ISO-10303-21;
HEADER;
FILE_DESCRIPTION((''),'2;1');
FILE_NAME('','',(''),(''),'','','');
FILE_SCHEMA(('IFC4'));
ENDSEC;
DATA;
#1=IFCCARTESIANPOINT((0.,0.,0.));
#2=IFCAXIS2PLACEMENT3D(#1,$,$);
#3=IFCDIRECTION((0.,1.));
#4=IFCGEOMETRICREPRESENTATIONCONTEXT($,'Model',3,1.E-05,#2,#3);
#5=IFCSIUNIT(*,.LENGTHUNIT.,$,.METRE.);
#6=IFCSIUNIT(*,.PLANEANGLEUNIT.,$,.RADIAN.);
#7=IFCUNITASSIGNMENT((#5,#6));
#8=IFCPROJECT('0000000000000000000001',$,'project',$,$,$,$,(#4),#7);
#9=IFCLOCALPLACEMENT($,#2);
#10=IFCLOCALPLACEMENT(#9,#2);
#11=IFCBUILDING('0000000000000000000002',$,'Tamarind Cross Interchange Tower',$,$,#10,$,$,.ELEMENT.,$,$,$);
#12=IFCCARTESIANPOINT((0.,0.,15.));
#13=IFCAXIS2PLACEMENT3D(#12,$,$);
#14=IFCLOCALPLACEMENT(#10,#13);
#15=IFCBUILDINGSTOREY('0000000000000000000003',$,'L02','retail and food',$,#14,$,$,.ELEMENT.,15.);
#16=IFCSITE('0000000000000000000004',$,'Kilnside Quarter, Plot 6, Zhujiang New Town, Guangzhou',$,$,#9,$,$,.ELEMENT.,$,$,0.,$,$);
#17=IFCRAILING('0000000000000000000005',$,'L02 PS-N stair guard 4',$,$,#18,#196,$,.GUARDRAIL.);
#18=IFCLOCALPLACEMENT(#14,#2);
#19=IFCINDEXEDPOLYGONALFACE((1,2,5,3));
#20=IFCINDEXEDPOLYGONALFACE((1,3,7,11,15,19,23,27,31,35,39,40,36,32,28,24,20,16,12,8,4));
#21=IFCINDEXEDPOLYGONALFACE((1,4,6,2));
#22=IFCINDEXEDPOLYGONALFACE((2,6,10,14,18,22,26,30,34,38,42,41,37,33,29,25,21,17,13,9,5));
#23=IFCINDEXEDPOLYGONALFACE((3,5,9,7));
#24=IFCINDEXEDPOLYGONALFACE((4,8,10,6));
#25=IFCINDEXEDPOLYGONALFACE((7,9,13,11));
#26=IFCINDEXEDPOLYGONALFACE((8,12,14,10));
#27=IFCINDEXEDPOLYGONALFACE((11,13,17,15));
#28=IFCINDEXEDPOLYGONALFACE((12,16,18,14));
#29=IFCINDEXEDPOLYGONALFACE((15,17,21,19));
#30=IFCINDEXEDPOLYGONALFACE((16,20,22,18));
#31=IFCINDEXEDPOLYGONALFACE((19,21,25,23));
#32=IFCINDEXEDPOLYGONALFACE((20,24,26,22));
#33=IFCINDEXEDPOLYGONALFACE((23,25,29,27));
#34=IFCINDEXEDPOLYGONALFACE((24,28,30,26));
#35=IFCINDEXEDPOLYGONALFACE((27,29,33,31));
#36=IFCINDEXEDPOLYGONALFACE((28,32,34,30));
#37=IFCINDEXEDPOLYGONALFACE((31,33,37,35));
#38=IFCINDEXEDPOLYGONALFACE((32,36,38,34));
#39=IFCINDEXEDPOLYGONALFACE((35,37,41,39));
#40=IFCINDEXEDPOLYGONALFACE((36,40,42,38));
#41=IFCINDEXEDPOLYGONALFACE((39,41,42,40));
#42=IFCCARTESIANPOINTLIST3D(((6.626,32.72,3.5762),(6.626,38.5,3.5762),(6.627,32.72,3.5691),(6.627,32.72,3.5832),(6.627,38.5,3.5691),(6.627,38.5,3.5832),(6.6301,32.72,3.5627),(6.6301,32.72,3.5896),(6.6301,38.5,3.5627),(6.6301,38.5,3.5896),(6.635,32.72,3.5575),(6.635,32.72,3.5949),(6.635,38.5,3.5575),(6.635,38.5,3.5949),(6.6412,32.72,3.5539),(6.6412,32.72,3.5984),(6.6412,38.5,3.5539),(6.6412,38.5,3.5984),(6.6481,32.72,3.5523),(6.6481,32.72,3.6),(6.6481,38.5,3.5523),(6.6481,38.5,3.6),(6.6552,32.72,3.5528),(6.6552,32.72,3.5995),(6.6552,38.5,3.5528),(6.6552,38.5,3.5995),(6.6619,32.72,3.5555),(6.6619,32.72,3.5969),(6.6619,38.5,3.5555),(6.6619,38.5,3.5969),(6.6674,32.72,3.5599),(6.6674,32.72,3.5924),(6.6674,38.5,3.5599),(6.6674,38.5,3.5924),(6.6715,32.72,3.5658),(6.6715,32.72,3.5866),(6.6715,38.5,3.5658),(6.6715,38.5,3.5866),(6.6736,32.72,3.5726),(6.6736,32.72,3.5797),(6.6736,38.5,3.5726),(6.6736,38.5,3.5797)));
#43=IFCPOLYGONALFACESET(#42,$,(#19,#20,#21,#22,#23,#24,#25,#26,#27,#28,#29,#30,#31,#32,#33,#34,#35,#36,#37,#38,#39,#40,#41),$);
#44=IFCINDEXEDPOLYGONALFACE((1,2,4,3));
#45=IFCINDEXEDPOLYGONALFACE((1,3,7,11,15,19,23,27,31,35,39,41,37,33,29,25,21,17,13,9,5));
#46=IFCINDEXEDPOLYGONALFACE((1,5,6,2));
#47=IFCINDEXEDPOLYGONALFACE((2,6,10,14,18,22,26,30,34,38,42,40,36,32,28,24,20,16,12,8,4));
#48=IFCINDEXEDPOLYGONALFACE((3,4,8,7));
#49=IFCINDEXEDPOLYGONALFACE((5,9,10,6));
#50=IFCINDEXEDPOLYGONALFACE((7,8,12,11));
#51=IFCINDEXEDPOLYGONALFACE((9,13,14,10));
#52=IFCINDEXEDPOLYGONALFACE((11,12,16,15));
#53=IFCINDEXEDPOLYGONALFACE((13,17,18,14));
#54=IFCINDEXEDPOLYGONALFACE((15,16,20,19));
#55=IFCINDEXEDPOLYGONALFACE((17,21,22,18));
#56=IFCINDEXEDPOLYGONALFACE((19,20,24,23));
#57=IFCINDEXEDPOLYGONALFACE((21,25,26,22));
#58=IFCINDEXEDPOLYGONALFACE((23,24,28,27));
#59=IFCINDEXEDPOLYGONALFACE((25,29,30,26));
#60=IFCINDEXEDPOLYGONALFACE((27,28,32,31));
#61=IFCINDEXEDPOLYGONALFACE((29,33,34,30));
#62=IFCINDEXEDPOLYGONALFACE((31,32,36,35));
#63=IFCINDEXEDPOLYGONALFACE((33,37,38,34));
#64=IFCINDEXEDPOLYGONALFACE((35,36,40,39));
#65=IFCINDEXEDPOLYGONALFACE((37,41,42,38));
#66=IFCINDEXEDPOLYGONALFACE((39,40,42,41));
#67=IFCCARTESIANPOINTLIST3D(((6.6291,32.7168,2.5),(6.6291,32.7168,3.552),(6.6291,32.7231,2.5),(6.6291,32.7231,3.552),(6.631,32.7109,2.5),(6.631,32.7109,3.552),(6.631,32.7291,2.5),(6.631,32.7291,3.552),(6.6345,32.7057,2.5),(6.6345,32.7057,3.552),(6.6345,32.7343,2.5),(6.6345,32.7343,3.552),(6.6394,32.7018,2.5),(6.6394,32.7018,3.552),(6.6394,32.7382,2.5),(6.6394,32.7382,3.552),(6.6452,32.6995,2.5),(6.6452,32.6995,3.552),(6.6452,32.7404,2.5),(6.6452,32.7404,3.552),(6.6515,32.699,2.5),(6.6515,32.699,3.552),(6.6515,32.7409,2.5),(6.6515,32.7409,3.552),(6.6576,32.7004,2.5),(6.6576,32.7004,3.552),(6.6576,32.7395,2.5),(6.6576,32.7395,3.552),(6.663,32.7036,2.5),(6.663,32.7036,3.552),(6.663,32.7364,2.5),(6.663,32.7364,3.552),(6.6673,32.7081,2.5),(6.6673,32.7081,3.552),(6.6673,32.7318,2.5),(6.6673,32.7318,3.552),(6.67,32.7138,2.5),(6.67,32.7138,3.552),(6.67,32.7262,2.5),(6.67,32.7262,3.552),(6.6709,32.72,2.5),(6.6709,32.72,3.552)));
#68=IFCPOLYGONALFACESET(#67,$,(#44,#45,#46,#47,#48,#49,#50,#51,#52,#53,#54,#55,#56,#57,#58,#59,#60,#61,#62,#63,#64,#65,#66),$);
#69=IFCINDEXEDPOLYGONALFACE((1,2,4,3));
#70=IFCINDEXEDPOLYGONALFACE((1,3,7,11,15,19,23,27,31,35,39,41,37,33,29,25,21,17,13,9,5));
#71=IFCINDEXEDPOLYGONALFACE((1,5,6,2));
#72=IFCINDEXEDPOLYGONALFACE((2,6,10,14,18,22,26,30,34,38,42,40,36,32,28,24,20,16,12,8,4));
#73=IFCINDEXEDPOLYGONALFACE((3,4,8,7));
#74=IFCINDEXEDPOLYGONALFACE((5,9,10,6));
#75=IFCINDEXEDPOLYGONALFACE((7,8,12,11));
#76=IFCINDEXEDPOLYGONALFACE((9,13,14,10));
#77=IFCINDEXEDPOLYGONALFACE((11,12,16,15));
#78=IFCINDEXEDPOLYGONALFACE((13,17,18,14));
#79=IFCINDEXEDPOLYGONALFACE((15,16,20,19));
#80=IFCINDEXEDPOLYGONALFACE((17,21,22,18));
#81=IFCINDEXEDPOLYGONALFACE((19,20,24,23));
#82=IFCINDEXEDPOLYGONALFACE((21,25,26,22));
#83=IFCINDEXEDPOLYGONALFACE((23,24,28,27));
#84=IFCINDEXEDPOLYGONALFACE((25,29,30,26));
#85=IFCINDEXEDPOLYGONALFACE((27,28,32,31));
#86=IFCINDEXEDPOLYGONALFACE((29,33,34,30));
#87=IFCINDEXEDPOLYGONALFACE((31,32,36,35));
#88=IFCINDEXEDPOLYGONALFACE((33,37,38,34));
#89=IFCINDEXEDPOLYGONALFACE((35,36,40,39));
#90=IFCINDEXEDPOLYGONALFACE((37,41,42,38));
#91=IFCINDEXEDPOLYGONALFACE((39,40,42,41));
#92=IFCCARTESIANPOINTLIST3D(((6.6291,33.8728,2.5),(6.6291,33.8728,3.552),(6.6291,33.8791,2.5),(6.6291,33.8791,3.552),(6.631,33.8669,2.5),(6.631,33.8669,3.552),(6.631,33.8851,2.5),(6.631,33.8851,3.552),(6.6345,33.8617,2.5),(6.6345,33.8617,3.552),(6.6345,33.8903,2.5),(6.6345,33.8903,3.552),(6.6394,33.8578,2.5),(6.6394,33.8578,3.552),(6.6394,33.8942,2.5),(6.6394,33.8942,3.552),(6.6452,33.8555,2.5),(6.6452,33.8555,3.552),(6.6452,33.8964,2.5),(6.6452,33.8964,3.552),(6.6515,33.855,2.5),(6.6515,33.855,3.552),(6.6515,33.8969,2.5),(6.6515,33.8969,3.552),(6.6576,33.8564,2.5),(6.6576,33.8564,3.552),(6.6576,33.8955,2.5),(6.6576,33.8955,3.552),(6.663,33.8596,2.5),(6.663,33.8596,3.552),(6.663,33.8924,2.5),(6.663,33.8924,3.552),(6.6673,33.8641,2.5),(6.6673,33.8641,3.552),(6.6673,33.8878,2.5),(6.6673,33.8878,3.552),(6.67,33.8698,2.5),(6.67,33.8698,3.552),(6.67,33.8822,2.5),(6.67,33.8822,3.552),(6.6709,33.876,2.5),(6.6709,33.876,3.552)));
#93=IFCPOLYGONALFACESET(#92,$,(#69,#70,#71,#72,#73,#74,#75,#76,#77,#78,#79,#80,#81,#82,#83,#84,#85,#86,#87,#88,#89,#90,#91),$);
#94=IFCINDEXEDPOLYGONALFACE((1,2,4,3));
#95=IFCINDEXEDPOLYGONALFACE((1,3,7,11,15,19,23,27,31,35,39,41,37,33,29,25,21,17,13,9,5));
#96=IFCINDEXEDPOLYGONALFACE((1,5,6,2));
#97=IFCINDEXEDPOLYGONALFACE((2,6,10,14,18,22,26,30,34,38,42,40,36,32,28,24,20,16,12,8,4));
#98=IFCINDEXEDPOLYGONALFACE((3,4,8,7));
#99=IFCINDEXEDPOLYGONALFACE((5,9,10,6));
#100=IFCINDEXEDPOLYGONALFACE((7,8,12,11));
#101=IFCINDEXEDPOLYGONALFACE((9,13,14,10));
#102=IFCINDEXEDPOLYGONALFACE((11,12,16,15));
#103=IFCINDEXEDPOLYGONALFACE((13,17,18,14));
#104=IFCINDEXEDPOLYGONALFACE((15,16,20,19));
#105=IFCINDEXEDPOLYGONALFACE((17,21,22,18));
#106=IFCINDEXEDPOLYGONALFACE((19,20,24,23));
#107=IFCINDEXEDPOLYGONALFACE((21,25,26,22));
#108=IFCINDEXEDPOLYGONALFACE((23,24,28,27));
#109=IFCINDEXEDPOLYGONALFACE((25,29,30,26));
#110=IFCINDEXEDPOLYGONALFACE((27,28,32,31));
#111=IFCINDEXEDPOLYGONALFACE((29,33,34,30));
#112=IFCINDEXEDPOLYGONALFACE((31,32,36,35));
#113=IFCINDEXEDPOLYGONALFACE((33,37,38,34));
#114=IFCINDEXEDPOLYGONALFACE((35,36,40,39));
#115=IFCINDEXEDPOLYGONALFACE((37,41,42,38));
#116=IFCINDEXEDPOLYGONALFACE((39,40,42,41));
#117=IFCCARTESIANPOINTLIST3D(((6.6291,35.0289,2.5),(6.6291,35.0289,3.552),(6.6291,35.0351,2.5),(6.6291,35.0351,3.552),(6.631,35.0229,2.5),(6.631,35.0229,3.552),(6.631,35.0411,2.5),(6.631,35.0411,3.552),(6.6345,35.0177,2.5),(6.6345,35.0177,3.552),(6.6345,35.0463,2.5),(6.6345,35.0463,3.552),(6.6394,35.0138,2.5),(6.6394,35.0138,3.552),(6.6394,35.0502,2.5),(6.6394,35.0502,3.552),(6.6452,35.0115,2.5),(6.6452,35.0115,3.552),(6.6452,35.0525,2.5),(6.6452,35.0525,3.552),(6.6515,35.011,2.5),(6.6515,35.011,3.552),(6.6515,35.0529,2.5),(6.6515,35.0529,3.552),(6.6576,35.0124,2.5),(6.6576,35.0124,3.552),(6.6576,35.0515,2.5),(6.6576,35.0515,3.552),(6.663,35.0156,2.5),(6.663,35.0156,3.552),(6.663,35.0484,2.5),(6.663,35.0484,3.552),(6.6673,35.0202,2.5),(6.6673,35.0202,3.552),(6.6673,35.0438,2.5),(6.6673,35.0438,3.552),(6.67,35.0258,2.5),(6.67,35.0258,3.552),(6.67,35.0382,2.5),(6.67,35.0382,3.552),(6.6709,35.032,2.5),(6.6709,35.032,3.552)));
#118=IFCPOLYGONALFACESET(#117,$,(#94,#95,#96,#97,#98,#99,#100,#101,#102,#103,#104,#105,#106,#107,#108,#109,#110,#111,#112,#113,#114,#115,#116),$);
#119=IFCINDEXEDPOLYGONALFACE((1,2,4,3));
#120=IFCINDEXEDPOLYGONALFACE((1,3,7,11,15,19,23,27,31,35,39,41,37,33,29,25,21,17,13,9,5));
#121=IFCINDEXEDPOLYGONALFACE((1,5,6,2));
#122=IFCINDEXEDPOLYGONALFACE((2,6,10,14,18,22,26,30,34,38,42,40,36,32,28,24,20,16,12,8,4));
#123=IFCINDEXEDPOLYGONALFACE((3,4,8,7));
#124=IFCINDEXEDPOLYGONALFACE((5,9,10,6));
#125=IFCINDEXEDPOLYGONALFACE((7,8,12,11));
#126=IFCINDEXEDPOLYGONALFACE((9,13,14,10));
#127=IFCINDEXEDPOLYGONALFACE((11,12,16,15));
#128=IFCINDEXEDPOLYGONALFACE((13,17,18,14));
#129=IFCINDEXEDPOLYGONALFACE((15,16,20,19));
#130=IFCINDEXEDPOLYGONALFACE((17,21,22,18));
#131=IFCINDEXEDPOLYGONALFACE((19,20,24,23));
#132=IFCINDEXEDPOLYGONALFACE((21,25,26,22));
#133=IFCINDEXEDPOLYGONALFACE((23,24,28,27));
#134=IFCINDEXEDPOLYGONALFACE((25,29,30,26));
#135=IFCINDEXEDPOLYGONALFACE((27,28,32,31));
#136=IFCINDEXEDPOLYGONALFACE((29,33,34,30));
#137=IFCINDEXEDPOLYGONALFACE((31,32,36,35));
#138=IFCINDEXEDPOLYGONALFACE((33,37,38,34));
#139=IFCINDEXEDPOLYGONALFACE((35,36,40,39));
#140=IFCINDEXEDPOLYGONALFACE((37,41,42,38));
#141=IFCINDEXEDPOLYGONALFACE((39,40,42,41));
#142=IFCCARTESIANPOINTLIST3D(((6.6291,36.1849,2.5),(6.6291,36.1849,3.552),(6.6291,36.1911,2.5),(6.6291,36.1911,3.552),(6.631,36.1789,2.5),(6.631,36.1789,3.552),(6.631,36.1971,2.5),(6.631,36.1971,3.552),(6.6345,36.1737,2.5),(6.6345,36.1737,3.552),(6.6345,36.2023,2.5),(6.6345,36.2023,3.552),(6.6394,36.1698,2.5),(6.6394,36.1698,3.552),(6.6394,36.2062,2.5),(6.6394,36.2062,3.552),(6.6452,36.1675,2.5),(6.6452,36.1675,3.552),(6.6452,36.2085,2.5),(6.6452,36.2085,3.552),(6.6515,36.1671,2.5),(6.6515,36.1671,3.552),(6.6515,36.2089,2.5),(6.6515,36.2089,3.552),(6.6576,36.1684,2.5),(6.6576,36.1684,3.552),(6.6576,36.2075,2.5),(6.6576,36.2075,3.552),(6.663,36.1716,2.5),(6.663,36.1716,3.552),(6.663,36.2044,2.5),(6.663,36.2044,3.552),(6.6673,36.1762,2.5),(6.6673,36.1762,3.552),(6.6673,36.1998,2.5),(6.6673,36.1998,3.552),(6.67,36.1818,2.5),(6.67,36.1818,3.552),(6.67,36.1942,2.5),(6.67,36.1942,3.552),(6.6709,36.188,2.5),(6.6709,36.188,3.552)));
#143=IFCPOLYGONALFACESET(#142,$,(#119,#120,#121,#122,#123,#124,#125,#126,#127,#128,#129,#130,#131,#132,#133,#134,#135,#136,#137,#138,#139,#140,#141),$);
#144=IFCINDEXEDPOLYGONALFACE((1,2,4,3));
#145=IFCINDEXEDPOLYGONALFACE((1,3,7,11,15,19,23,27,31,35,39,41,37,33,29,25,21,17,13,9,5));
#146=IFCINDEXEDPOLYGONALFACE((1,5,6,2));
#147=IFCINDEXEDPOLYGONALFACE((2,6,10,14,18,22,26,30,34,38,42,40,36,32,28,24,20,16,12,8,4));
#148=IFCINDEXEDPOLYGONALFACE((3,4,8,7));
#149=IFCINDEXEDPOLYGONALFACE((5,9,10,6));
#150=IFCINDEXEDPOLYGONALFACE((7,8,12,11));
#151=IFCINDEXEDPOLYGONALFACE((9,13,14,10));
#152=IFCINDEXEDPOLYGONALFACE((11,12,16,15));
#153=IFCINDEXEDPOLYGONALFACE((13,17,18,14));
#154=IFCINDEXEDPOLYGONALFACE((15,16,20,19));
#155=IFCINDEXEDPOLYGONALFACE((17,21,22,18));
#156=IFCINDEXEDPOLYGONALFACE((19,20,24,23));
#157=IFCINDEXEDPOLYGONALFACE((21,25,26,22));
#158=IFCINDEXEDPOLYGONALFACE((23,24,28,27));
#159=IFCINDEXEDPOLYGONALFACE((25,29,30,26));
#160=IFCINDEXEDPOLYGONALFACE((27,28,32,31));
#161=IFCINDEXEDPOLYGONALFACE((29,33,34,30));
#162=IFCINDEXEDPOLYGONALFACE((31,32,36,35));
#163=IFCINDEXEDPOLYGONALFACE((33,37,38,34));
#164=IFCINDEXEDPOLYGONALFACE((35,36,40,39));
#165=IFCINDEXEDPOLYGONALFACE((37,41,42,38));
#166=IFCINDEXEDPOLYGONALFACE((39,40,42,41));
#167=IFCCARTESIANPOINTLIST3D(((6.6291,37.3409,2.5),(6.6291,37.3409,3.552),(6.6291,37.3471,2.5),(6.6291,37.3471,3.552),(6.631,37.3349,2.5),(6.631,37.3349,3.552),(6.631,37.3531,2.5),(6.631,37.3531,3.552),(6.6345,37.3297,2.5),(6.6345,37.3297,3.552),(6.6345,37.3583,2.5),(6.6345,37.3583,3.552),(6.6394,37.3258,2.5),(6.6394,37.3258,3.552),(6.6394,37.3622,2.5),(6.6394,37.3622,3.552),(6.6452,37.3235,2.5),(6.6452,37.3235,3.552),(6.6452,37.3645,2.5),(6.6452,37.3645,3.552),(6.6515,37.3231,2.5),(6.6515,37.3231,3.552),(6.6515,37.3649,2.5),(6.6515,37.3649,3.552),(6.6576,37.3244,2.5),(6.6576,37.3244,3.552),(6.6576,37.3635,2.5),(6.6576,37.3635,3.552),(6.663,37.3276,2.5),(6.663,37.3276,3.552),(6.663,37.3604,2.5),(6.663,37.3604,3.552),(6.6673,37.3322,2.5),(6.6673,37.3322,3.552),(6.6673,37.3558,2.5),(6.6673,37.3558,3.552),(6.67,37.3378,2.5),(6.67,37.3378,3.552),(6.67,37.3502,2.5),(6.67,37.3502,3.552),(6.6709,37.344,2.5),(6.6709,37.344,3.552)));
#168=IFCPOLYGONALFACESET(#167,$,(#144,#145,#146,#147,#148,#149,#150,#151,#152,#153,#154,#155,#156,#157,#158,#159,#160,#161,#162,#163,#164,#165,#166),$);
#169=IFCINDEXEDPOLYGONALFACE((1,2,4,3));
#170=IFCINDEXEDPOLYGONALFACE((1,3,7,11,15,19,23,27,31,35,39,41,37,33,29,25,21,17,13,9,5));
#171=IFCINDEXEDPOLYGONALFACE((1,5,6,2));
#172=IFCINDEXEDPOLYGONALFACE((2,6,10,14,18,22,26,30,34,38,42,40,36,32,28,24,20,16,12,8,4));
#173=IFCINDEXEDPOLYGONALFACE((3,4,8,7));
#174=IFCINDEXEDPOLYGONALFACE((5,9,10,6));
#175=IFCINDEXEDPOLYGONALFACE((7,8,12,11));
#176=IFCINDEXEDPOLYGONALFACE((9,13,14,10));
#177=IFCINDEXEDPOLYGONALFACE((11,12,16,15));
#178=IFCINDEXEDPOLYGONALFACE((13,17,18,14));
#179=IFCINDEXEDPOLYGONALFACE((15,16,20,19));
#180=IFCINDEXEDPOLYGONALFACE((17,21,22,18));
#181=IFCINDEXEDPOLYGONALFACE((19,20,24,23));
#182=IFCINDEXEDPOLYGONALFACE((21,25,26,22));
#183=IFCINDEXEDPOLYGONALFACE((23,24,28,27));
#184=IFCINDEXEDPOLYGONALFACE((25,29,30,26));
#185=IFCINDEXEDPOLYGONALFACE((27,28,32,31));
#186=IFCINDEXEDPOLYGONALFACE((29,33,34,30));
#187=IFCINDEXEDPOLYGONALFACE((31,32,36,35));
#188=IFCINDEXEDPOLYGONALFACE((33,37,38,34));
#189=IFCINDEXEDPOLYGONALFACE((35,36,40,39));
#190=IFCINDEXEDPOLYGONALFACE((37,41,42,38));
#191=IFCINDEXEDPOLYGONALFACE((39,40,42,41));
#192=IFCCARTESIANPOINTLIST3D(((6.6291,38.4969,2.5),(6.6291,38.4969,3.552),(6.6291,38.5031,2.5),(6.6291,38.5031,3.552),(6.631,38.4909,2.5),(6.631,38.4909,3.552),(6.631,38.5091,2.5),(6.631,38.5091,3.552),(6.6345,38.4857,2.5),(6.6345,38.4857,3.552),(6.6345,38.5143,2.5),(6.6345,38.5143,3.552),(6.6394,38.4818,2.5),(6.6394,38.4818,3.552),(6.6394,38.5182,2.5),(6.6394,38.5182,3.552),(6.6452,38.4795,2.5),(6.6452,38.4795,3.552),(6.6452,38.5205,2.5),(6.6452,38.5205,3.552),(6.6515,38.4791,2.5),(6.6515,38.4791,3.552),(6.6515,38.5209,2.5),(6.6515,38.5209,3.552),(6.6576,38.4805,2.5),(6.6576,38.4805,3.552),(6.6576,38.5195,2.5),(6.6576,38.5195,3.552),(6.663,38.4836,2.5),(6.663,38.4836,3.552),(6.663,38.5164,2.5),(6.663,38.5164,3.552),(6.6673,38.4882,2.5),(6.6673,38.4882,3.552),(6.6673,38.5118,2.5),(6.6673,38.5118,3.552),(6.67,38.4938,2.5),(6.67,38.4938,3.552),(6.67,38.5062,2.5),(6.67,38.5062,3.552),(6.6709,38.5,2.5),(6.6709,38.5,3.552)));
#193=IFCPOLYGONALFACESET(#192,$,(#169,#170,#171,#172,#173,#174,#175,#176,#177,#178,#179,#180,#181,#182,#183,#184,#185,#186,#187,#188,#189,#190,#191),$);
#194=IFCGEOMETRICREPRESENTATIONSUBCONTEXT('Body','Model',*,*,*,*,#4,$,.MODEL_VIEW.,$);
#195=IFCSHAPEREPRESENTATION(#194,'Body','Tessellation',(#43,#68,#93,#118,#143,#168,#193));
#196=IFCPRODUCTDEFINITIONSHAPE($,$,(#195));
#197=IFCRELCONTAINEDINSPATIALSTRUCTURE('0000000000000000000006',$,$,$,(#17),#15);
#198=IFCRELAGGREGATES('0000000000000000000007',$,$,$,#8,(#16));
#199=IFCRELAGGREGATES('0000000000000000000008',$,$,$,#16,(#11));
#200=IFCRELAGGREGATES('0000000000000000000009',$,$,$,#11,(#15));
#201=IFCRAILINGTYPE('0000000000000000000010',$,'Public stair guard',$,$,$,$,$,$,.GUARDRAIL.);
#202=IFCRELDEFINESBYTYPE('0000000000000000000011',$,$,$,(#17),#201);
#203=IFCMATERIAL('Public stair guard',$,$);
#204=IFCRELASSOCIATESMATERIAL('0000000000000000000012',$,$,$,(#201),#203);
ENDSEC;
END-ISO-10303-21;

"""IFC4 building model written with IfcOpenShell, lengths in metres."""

from ifc_helpers import new_model, si_unit, direction, frame, origin, origin_2d, place, context, subcontext, project, spatial, circle, extrude, material, type_object, element, save


model = new_model("IFC4")

# Units and contexts
model_context = context("Model", 3, precision=1e-05, world=origin(), true_north=direction((0.0, 1.0)))
body_context = subcontext(model_context, "Body", "Model", "MODEL_VIEW")
ifc_project = project(units=[si_unit("LENGTHUNIT", "METRE"), si_unit("PLANEANGLEUNIT", "RADIAN")], contexts=[model_context])

# Site, building, storey
site_placement = place(None, origin())
site = spatial("IfcSite", under=ifc_project, at=site_placement, Name="Kilnside Quarter, Plot 6, Zhujiang New Town, Guangzhou", CompositionType="ELEMENT", RefElevation=0.0)
building_placement = place(site_placement, origin())
building = spatial("IfcBuilding", under=site, at=building_placement, Name="Tamarind Cross Interchange Tower", CompositionType="ELEMENT")
storey_placement = place(building_placement, frame((0.0, 0.0, 15.0)))
storey = spatial("IfcBuildingStorey", under=building, at=storey_placement, Name="L02", Description="retail and food", CompositionType="ELEMENT", Elevation=15.0)

# Railing
ifc_material_1 = material(Name="Public stair guard")
railing_type_1 = type_object("IfcRailingType", Name="Public stair guard", PredefinedType="GUARDRAIL", material=ifc_material_1)
for number, where, name in (
    (1, (6.6499, 32.72, 2.5), "L02 PS-N stair guard 4"),
):
    element("IfcRailing", number, at=place(storey_placement, frame(where)), inside=storey, type_object=railing_type_1, Name=name, PredefinedType="GUARDRAIL", context=body_context, shape_type="SweptSolid", body=[
        extrude(circle(Radius=0.0239, at=origin_2d()), frame((0.0, 0.0, 1.0762), z_axis=(0.0, 1.0, 0.0), x_axis=(-1.0, 0.0, 0.0)), (0.0, 0.0, 1.0), 5.78),
        extrude(circle(Radius=0.021, at=origin_2d()), origin(), (0.0, 0.0, 1.0), 1.052),
        extrude(circle(Radius=0.021, at=origin_2d()), frame((0.0, 1.156, 0.0)), (0.0, 0.0, 1.0), 1.052),
        extrude(circle(Radius=0.021, at=origin_2d()), frame((0.0, 2.312, 0.0)), (0.0, 0.0, 1.0), 1.052),
        extrude(circle(Radius=0.021, at=origin_2d()), frame((0.0, 3.468, 0.0)), (0.0, 0.0, 1.0), 1.052),
        extrude(circle(Radius=0.021, at=origin_2d()), frame((0.0, 4.624, 0.0)), (0.0, 0.0, 1.0), 1.052),
        extrude(circle(Radius=0.021, at=origin_2d()), frame((0.0, 5.78, 0.0)), (0.0, 0.0, 1.0), 1.052),
    ])

save(model, "model.ifc")
